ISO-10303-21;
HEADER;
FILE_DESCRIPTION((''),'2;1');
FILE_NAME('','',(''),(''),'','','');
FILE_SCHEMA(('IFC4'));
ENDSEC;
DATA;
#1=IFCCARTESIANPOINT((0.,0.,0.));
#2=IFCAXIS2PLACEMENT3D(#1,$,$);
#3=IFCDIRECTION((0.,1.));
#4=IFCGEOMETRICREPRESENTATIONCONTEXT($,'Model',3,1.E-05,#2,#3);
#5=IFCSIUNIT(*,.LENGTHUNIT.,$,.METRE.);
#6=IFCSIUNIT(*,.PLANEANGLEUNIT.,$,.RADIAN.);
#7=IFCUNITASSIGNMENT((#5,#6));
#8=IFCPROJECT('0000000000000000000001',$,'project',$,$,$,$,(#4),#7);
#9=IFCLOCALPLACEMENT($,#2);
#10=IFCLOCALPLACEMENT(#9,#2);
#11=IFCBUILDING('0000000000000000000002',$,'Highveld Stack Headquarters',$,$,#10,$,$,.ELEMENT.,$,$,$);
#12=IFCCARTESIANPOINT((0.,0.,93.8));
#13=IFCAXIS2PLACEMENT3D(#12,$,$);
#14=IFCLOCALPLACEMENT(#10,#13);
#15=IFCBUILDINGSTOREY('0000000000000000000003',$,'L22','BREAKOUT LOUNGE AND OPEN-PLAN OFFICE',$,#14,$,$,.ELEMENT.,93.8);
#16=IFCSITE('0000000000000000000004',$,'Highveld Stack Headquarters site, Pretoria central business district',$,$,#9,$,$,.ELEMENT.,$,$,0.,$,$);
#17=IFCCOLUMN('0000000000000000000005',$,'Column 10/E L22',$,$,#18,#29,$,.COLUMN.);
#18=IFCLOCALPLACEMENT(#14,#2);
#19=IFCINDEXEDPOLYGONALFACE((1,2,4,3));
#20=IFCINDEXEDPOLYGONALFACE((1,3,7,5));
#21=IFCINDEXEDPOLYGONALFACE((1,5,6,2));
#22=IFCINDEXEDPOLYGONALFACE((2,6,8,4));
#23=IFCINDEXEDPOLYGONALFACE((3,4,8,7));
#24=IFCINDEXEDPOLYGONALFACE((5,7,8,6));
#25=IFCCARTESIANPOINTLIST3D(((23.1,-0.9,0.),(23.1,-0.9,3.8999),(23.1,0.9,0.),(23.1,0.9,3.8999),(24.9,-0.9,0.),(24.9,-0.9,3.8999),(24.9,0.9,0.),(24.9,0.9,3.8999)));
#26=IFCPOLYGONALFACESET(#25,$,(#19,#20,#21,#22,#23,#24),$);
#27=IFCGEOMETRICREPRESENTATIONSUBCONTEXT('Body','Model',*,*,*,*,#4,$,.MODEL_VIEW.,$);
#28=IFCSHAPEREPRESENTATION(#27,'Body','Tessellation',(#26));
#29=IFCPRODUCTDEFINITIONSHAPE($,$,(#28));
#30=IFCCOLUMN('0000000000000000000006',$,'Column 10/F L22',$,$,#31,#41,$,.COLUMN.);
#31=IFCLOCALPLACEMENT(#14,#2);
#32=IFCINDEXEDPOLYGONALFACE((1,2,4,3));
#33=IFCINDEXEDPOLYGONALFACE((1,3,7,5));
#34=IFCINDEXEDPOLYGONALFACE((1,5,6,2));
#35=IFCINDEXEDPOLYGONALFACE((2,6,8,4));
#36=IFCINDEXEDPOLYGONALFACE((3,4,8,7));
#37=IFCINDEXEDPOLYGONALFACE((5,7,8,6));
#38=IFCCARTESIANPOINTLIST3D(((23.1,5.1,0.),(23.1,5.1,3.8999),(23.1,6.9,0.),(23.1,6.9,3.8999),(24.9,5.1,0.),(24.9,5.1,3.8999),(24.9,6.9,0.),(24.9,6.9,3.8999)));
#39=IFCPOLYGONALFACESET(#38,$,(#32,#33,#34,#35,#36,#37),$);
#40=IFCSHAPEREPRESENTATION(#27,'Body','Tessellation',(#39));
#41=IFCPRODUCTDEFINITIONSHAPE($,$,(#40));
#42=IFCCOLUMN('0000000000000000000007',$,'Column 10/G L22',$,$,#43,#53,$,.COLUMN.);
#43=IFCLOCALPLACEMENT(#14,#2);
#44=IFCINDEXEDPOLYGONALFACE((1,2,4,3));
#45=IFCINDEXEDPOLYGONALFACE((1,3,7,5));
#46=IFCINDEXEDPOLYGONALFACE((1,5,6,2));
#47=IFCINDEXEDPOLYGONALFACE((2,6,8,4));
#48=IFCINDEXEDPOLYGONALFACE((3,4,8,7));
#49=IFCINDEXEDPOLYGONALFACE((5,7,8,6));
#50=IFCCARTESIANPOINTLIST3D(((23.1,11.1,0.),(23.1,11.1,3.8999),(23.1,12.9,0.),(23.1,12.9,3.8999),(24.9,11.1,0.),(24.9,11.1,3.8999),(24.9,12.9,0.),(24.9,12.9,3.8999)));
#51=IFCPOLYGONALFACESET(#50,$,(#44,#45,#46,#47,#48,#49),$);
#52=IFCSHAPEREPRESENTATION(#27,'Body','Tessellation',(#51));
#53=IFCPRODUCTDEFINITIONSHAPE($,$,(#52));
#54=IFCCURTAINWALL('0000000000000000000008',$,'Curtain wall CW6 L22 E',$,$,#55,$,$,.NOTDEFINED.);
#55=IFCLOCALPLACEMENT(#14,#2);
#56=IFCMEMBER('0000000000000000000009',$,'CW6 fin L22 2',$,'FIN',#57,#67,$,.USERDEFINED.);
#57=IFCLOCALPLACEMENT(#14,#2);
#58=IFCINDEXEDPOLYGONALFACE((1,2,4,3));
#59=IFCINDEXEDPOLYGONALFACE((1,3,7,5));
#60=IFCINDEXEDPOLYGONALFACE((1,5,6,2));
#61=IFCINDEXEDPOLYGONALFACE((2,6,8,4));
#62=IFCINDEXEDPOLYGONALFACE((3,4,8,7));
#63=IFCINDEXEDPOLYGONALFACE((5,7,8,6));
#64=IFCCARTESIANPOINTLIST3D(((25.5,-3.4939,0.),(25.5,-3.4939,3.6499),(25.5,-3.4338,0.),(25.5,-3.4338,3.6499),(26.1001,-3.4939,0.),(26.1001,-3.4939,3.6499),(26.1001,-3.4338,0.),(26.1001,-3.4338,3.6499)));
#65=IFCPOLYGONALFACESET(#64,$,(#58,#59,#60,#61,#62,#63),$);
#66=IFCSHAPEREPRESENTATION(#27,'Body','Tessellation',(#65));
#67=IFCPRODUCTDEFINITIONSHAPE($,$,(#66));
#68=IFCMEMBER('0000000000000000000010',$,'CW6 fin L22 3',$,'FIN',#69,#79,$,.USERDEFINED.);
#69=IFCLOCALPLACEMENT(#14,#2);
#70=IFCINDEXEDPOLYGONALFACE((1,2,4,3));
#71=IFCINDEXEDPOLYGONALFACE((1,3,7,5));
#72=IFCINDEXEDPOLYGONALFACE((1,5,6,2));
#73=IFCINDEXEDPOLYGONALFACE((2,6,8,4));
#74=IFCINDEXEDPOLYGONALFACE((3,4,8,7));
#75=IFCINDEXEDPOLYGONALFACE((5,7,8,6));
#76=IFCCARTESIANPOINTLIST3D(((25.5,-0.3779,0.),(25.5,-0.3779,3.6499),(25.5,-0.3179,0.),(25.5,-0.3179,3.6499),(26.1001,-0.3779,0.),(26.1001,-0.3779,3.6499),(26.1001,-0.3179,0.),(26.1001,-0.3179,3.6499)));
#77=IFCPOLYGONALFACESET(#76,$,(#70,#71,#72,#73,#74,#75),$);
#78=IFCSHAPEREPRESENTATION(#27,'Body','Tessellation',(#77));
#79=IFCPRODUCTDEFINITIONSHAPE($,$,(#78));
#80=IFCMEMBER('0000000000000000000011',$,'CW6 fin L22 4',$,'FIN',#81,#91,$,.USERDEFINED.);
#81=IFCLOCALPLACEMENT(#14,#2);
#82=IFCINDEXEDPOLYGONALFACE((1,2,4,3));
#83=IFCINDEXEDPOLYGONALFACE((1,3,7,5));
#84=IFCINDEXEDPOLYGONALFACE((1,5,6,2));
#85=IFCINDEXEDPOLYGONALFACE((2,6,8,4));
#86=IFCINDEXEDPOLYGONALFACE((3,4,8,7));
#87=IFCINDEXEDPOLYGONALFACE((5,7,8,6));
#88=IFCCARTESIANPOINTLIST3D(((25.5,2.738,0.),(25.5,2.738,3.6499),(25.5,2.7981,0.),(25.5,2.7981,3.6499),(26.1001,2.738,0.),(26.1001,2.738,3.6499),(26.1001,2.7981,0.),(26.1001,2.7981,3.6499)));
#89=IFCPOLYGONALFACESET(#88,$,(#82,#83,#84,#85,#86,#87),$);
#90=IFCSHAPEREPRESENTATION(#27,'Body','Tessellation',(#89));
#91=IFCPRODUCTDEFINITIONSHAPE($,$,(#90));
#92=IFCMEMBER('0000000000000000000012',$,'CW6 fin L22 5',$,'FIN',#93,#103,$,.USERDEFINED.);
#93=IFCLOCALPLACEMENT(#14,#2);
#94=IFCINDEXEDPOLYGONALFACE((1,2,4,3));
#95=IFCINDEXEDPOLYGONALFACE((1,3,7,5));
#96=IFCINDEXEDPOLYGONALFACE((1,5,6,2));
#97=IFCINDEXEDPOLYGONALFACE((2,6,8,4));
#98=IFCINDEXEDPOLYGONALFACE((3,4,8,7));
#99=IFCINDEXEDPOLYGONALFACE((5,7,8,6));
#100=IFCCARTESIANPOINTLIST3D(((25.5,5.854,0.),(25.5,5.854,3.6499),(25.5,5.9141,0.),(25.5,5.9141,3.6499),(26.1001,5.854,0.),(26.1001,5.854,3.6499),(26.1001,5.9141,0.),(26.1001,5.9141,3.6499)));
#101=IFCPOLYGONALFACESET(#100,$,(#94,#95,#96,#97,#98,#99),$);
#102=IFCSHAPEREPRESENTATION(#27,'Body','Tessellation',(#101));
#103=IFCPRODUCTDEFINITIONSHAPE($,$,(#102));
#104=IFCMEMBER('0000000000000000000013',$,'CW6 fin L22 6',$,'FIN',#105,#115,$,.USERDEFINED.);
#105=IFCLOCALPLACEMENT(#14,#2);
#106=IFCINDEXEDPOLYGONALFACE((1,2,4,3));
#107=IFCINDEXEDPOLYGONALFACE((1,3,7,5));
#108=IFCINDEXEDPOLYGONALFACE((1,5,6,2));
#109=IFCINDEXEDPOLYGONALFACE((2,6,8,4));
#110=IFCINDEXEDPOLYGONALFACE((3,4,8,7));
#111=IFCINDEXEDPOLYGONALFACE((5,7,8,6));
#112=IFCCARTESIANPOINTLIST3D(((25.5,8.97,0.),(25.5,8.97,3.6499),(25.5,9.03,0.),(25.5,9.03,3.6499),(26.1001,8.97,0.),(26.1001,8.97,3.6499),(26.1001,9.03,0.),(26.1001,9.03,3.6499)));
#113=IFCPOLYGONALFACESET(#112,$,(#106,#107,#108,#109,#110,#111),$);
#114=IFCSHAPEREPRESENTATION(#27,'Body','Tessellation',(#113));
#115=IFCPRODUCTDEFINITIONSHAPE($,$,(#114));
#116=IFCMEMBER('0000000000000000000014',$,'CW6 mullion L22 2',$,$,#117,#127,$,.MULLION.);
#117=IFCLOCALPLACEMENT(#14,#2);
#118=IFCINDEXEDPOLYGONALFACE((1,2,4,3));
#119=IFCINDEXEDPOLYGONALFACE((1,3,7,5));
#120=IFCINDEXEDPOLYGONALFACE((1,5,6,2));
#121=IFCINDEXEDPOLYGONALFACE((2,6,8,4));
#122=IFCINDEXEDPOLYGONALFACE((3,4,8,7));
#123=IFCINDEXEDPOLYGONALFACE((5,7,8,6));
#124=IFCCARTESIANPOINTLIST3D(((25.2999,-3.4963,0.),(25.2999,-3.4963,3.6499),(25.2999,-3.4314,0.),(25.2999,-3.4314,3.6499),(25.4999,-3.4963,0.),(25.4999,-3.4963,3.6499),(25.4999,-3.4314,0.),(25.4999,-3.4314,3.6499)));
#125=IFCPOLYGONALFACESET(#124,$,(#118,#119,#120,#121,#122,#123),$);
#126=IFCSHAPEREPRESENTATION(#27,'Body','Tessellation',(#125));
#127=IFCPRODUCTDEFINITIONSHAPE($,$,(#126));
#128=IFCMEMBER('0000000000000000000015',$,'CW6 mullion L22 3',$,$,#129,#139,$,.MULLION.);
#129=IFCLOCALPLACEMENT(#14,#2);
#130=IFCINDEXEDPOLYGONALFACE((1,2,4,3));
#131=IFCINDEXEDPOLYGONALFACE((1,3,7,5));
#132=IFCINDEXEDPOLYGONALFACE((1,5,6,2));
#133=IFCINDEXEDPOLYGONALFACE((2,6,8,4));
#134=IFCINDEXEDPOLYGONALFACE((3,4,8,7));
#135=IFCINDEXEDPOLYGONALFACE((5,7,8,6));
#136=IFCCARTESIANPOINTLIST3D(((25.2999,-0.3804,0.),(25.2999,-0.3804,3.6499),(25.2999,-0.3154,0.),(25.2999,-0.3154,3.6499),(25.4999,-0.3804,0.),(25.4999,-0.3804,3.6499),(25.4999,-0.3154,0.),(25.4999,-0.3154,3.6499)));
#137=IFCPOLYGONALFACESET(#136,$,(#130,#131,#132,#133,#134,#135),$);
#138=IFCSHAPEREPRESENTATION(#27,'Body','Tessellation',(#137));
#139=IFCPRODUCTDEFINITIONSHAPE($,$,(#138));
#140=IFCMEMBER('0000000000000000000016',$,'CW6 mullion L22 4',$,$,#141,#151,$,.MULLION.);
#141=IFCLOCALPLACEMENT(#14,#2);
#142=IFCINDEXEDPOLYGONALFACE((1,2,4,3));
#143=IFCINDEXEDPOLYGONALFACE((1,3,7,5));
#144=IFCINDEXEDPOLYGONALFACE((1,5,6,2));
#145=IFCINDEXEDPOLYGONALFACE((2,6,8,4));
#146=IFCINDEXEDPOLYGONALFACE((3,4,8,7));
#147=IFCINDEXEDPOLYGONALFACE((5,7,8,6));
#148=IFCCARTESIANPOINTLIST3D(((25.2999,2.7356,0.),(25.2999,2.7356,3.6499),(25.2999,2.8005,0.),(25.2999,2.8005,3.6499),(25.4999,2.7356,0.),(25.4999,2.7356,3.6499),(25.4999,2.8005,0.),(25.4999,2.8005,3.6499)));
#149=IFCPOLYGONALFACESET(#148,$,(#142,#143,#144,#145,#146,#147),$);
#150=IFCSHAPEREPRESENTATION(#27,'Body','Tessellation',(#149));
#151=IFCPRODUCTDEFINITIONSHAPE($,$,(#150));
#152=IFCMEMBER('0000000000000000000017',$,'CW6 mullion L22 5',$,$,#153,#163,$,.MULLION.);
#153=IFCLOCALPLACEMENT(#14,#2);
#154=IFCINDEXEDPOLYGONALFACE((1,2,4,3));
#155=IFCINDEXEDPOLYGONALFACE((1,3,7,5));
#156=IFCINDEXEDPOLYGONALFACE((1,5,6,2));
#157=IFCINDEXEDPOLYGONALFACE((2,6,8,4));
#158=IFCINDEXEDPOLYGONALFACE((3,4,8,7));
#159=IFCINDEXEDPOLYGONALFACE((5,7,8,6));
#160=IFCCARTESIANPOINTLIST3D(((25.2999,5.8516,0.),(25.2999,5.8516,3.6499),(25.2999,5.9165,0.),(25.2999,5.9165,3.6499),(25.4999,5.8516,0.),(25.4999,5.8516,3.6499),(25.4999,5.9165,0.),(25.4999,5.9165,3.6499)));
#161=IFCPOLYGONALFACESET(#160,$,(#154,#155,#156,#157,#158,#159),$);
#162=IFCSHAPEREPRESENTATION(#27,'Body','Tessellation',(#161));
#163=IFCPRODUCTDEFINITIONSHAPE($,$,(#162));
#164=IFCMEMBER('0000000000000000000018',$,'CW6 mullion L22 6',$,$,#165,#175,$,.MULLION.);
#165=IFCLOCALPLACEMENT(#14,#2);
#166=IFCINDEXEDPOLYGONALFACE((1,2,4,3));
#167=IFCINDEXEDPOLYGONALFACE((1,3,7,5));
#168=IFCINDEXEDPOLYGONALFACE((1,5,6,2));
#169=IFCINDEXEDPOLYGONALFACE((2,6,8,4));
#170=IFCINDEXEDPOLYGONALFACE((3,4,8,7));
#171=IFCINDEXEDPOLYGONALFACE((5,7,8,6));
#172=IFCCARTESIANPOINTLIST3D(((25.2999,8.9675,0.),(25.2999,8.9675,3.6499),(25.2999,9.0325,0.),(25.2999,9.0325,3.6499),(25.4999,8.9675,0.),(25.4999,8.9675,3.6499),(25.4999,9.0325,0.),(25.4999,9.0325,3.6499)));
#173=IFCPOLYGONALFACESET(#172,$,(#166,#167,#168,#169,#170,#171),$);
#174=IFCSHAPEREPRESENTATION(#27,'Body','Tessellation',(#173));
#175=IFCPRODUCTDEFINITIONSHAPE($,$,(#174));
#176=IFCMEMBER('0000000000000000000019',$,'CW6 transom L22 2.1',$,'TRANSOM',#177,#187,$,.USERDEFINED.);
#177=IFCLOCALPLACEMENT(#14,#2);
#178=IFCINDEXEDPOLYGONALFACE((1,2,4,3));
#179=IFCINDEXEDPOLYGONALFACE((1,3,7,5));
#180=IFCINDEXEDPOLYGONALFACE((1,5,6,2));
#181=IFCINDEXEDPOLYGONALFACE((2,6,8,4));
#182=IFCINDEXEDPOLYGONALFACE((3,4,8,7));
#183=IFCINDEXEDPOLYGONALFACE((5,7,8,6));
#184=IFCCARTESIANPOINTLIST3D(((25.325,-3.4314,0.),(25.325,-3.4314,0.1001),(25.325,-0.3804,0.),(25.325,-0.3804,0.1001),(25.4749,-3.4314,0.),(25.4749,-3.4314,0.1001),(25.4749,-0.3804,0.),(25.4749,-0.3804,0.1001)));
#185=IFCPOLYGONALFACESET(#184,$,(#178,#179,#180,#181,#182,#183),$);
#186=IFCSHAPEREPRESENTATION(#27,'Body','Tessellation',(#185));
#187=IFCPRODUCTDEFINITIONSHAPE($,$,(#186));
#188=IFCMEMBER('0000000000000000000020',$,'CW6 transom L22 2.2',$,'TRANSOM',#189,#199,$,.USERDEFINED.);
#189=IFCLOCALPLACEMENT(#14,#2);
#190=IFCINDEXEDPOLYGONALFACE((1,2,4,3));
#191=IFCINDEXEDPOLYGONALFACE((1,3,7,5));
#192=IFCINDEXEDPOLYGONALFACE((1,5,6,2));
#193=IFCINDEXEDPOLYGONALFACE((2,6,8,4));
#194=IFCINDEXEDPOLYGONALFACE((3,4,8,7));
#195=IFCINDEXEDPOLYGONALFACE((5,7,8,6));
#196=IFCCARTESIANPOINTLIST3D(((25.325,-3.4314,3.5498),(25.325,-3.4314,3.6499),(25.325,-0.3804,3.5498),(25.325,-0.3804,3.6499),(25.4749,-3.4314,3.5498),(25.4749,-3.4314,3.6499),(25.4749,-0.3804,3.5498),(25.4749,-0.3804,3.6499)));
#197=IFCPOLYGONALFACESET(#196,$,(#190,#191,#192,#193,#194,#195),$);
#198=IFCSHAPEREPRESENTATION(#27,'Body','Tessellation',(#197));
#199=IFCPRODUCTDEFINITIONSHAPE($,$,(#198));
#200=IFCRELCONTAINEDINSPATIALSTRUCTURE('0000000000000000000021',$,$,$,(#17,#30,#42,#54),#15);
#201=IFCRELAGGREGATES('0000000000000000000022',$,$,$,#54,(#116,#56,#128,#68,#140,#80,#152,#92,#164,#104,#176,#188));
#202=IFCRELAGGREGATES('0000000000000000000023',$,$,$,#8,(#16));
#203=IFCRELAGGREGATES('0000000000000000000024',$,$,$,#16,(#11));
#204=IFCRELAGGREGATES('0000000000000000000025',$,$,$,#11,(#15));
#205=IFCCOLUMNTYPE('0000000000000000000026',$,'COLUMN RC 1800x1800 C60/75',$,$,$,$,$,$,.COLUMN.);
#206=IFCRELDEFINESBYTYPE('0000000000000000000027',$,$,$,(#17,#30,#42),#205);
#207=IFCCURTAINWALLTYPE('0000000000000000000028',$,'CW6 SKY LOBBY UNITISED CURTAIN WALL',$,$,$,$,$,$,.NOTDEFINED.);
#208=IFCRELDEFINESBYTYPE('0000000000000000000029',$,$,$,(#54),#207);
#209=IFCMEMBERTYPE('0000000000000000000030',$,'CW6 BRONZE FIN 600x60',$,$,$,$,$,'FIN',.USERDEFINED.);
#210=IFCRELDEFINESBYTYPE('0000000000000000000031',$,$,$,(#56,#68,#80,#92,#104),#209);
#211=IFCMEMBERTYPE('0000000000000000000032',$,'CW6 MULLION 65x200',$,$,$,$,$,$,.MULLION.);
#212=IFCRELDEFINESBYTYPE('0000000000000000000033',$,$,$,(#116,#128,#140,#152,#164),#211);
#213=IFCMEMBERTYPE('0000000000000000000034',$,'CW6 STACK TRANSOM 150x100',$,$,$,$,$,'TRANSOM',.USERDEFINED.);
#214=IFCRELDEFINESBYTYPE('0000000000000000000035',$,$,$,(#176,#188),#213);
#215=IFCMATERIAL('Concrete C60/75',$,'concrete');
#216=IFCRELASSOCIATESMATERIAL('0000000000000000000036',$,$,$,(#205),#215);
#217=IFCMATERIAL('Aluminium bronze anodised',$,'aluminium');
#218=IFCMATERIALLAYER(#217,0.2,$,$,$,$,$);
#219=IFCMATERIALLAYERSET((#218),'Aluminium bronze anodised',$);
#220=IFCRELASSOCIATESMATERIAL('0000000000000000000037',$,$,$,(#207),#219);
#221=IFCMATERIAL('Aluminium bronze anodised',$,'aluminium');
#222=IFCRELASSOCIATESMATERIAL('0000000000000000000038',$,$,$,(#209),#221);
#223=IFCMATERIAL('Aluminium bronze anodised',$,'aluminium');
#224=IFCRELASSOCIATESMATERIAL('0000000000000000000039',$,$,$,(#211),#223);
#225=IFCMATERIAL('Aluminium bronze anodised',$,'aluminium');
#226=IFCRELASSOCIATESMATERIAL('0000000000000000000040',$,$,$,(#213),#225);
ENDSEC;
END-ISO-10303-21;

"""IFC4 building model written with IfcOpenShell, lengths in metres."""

from ifc_helpers import new_model, si_unit, direction, frame, origin, origin_2d, place, context, subcontext, project, spatial, rectangle, extrude, material, layer, layer_set, material_profile, profile_set, type_object, element, aggregate, save


model = new_model("IFC4")

# Units and contexts
model_context = context("Model", 3, precision=1e-05, world=origin(), true_north=direction((0.0, 1.0)))
body_context = subcontext(model_context, "Body", "Model", "MODEL_VIEW")
ifc_project = project(units=[si_unit("LENGTHUNIT", "METRE"), si_unit("PLANEANGLEUNIT", "RADIAN")], contexts=[model_context])

# Site, building, storey
site_placement = place(None, origin())
site = spatial("IfcSite", under=ifc_project, at=site_placement, Name="Highveld Stack Headquarters site, Pretoria central business district", CompositionType="ELEMENT", RefElevation=0.0)
building_placement = place(site_placement, origin())
building = spatial("IfcBuilding", under=site, at=building_placement, Name="Highveld Stack Headquarters", CompositionType="ELEMENT")
storey_placement = place(building_placement, frame((0.0, 0.0, 93.8)))
storey = spatial("IfcBuildingStorey", under=building, at=storey_placement, Name="L22", Description="BREAKOUT LOUNGE AND OPEN-PLAN OFFICE", CompositionType="ELEMENT", Elevation=93.8)

# Columns
ifc_material_1 = material(Name="Concrete C60/75", Category="concrete")
ifc_material_profile_1 = material_profile(ifc_material_1, rectangle(XDim=1.8, YDim=1.8, at=origin_2d()), Name="RC 1800x1800")
ifc_profile_set_1 = profile_set([ifc_material_profile_1], Name="Concrete C60/75")
column_type = type_object("IfcColumnType", Name="COLUMN RC 1800x1800 C60/75", PredefinedType="COLUMN", material=ifc_profile_set_1)
for number, where, z_axis, x_axis, name in (
    (1, (24.0, 0.0, 0.0), (0.0, 0.0, 1.0), (1.0, 0.0, 0.0), "Column 10/E L22"),
    (2, (24.0, 6.0, 0.0), (0.0, 0.0, 1.0), (1.0, 0.0, 0.0), "Column 10/F L22"),
    (3, (24.0, 12.0, 0.0), (0.0, 0.0, 1.0), (1.0, 0.0, 0.0), "Column 10/G L22"),
):
    element("IfcColumn", number, at=place(storey_placement, frame(where, z_axis=z_axis, x_axis=x_axis)), inside=storey, type_object=column_type, Name=name, PredefinedType="COLUMN", context=body_context, shape_type="SweptSolid", body=[
        extrude(rectangle(XDim=1.8, YDim=1.8, at=origin_2d()), origin(), (0.0, 0.0, 1.0), 3.8999),
    ])

# Curtain wall, members
ifc_material_2 = material(Name="Aluminium bronze anodised", Category="aluminium")
ifc_layer_1 = layer(ifc_material_2, 0.2)
ifc_layer_set_1 = layer_set([ifc_layer_1], Name="Aluminium bronze anodised")
curtain_wall_type = type_object("IfcCurtainWallType", Name="CW6 SKY LOBBY UNITISED CURTAIN WALL", PredefinedType="NOTDEFINED", material=ifc_layer_set_1)
curtain_wall_placement = place(storey_placement, origin())
curtain_wall = element("IfcCurtainWall", 4, at=curtain_wall_placement, inside=storey, type_object=curtain_wall_type, Name="Curtain wall CW6 L22 E", PredefinedType="NOTDEFINED")
ifc_material_3 = material(Name="Aluminium bronze anodised", Category="aluminium")
ifc_material_profile_2 = material_profile(ifc_material_3, rectangle(XDim=0.6001, YDim=0.0601, at=origin_2d()), Name="FIN 600x60")
ifc_profile_set_2 = profile_set([ifc_material_profile_2], Name="Aluminium bronze anodised")
member_type_1 = type_object("IfcMemberType", Name="CW6 BRONZE FIN 600x60", ElementType="FIN", PredefinedType="USERDEFINED", material=ifc_profile_set_2)
member_1_placement = place(storey_placement, frame((25.8, -3.4639, 0.0), z_axis=(0.0, 0.0, 1.0), x_axis=(-1.0, 0.0, 0.0)))
member_1 = element("IfcMember", 5, at=member_1_placement, type_object=member_type_1, Name="CW6 fin L22 2", ObjectType="FIN", PredefinedType="USERDEFINED", context=body_context, shape_type="SweptSolid", body=[
    extrude(rectangle(XDim=0.6001, YDim=0.0601, at=origin_2d()), origin(), (0.0, 0.0, 1.0), 3.6499),
])
member_2_placement = place(storey_placement, frame((25.8, -0.3479, 0.0), z_axis=(0.0, 0.0, 1.0), x_axis=(-1.0, 0.0, 0.0)))
member_2 = element("IfcMember", 6, at=member_2_placement, type_object=member_type_1, Name="CW6 fin L22 3", ObjectType="FIN", PredefinedType="USERDEFINED", context=body_context, shape_type="SweptSolid", body=[
    extrude(rectangle(XDim=0.6001, YDim=0.0601, at=origin_2d()), origin(), (0.0, 0.0, 1.0), 3.6499),
])
member_3_placement = place(storey_placement, frame((25.8, 2.7681, 0.0), z_axis=(0.0, 0.0, 1.0), x_axis=(-1.0, 0.0, 0.0)))
member_3 = element("IfcMember", 7, at=member_3_placement, type_object=member_type_1, Name="CW6 fin L22 4", ObjectType="FIN", PredefinedType="USERDEFINED", context=body_context, shape_type="SweptSolid", body=[
    extrude(rectangle(XDim=0.6001, YDim=0.0601, at=origin_2d()), origin(), (0.0, 0.0, 1.0), 3.6499),
])
member_4_placement = place(storey_placement, frame((25.8, 5.884, 0.0), z_axis=(0.0, 0.0, 1.0), x_axis=(-1.0, 0.0, 0.0)))
member_4 = element("IfcMember", 8, at=member_4_placement, type_object=member_type_1, Name="CW6 fin L22 5", ObjectType="FIN", PredefinedType="USERDEFINED", context=body_context, shape_type="SweptSolid", body=[
    extrude(rectangle(XDim=0.6001, YDim=0.0601, at=origin_2d()), origin(), (0.0, 0.0, 1.0), 3.6499),
])
member_5_placement = place(storey_placement, frame((25.8, 9.0, 0.0), z_axis=(0.0, 0.0, 1.0), x_axis=(-1.0, 0.0, 0.0)))
member_5 = element("IfcMember", 9, at=member_5_placement, type_object=member_type_1, Name="CW6 fin L22 6", ObjectType="FIN", PredefinedType="USERDEFINED", context=body_context, shape_type="SweptSolid", body=[
    extrude(rectangle(XDim=0.6001, YDim=0.0601, at=origin_2d()), origin(), (0.0, 0.0, 1.0), 3.6499),
])
ifc_material_4 = material(Name="Aluminium bronze anodised", Category="aluminium")
ifc_material_profile_3 = material_profile(ifc_material_4, rectangle(XDim=0.2, YDim=0.0649, at=origin_2d()), Name="CW6 MULLION 65x200")
ifc_profile_set_3 = profile_set([ifc_material_profile_3], Name="Aluminium bronze anodised")
member_type_2 = type_object("IfcMemberType", Name="CW6 MULLION 65x200", PredefinedType="MULLION", material=ifc_profile_set_3)
member_6_placement = place(storey_placement, frame((25.3999, -3.4639, 0.0), z_axis=(0.0, 0.0, 1.0), x_axis=(-1.0, 0.0, 0.0)))
member_6 = element("IfcMember", 10, at=member_6_placement, type_object=member_type_2, Name="CW6 mullion L22 2", PredefinedType="MULLION", context=body_context, shape_type="SweptSolid", body=[
    extrude(rectangle(XDim=0.2, YDim=0.0649, at=origin_2d()), origin(), (0.0, 0.0, 1.0), 3.6499),
])
member_7_placement = place(storey_placement, frame((25.3999, -0.3479, 0.0), z_axis=(0.0, 0.0, 1.0), x_axis=(-1.0, 0.0, 0.0)))
member_7 = element("IfcMember", 11, at=member_7_placement, type_object=member_type_2, Name="CW6 mullion L22 3", PredefinedType="MULLION", context=body_context, shape_type="SweptSolid", body=[
    extrude(rectangle(XDim=0.2, YDim=0.0649, at=origin_2d()), origin(), (0.0, 0.0, 1.0), 3.6499),
])
member_8_placement = place(storey_placement, frame((25.3999, 2.7681, 0.0), z_axis=(0.0, 0.0, 1.0), x_axis=(-1.0, 0.0, 0.0)))
member_8 = element("IfcMember", 12, at=member_8_placement, type_object=member_type_2, Name="CW6 mullion L22 4", PredefinedType="MULLION", context=body_context, shape_type="SweptSolid", body=[
    extrude(rectangle(XDim=0.2, YDim=0.0649, at=origin_2d()), origin(), (0.0, 0.0, 1.0), 3.6499),
])
member_9_placement = place(storey_placement, frame((25.3999, 5.884, 0.0), z_axis=(0.0, 0.0, 1.0), x_axis=(-1.0, 0.0, 0.0)))
member_9 = element("IfcMember", 13, at=member_9_placement, type_object=member_type_2, Name="CW6 mullion L22 5", PredefinedType="MULLION", context=body_context, shape_type="SweptSolid", body=[
    extrude(rectangle(XDim=0.2, YDim=0.0649, at=origin_2d()), origin(), (0.0, 0.0, 1.0), 3.6499),
])
member_10_placement = place(storey_placement, frame((25.3999, 9.0, 0.0), z_axis=(0.0, 0.0, 1.0), x_axis=(-1.0, 0.0, 0.0)))
member_10 = element("IfcMember", 14, at=member_10_placement, type_object=member_type_2, Name="CW6 mullion L22 6", PredefinedType="MULLION", context=body_context, shape_type="SweptSolid", body=[
    extrude(rectangle(XDim=0.2, YDim=0.0649, at=origin_2d()), origin(), (0.0, 0.0, 1.0), 3.6499),
])
ifc_material_5 = material(Name="Aluminium bronze anodised", Category="aluminium")
ifc_material_profile_4 = material_profile(ifc_material_5, rectangle(XDim=0.1499, YDim=0.1001, at=origin_2d()), Name="CW6 TRANSOM 150x100")
ifc_profile_set_4 = profile_set([ifc_material_profile_4], Name="Aluminium bronze anodised")
member_type_3 = type_object("IfcMemberType", Name="CW6 STACK TRANSOM 150x100", ElementType="TRANSOM", PredefinedType="USERDEFINED", material=ifc_profile_set_4)
member_11_placement = place(storey_placement, frame((25.3999, -3.4314, 0.05), z_axis=(0.0, 1.0, 0.0), x_axis=(-1.0, 0.0, 0.0)))
member_11 = element("IfcMember", 15, at=member_11_placement, type_object=member_type_3, Name="CW6 transom L22 2.1", ObjectType="TRANSOM", PredefinedType="USERDEFINED", context=body_context, shape_type="SweptSolid", body=[
    extrude(rectangle(XDim=0.1499, YDim=0.1001, at=origin_2d()), origin(), (0.0, 0.0, 1.0), 3.051),
])
member_12_placement = place(storey_placement, frame((25.3999, -3.4314, 3.5999), z_axis=(0.0, 1.0, 0.0), x_axis=(-1.0, 0.0, 0.0)))
member_12 = element("IfcMember", 16, at=member_12_placement, type_object=member_type_3, Name="CW6 transom L22 2.2", ObjectType="TRANSOM", PredefinedType="USERDEFINED", context=body_context, shape_type="SweptSolid", body=[
    extrude(rectangle(XDim=0.1499, YDim=0.1001, at=origin_2d()), origin(), (0.0, 0.0, 1.0), 3.051),
])
aggregate(curtain_wall, [member_6, member_1, member_7, member_2, member_8, member_3, member_9, member_4, member_10, member_5, member_11, member_12])

save(model, "model.ifc")
